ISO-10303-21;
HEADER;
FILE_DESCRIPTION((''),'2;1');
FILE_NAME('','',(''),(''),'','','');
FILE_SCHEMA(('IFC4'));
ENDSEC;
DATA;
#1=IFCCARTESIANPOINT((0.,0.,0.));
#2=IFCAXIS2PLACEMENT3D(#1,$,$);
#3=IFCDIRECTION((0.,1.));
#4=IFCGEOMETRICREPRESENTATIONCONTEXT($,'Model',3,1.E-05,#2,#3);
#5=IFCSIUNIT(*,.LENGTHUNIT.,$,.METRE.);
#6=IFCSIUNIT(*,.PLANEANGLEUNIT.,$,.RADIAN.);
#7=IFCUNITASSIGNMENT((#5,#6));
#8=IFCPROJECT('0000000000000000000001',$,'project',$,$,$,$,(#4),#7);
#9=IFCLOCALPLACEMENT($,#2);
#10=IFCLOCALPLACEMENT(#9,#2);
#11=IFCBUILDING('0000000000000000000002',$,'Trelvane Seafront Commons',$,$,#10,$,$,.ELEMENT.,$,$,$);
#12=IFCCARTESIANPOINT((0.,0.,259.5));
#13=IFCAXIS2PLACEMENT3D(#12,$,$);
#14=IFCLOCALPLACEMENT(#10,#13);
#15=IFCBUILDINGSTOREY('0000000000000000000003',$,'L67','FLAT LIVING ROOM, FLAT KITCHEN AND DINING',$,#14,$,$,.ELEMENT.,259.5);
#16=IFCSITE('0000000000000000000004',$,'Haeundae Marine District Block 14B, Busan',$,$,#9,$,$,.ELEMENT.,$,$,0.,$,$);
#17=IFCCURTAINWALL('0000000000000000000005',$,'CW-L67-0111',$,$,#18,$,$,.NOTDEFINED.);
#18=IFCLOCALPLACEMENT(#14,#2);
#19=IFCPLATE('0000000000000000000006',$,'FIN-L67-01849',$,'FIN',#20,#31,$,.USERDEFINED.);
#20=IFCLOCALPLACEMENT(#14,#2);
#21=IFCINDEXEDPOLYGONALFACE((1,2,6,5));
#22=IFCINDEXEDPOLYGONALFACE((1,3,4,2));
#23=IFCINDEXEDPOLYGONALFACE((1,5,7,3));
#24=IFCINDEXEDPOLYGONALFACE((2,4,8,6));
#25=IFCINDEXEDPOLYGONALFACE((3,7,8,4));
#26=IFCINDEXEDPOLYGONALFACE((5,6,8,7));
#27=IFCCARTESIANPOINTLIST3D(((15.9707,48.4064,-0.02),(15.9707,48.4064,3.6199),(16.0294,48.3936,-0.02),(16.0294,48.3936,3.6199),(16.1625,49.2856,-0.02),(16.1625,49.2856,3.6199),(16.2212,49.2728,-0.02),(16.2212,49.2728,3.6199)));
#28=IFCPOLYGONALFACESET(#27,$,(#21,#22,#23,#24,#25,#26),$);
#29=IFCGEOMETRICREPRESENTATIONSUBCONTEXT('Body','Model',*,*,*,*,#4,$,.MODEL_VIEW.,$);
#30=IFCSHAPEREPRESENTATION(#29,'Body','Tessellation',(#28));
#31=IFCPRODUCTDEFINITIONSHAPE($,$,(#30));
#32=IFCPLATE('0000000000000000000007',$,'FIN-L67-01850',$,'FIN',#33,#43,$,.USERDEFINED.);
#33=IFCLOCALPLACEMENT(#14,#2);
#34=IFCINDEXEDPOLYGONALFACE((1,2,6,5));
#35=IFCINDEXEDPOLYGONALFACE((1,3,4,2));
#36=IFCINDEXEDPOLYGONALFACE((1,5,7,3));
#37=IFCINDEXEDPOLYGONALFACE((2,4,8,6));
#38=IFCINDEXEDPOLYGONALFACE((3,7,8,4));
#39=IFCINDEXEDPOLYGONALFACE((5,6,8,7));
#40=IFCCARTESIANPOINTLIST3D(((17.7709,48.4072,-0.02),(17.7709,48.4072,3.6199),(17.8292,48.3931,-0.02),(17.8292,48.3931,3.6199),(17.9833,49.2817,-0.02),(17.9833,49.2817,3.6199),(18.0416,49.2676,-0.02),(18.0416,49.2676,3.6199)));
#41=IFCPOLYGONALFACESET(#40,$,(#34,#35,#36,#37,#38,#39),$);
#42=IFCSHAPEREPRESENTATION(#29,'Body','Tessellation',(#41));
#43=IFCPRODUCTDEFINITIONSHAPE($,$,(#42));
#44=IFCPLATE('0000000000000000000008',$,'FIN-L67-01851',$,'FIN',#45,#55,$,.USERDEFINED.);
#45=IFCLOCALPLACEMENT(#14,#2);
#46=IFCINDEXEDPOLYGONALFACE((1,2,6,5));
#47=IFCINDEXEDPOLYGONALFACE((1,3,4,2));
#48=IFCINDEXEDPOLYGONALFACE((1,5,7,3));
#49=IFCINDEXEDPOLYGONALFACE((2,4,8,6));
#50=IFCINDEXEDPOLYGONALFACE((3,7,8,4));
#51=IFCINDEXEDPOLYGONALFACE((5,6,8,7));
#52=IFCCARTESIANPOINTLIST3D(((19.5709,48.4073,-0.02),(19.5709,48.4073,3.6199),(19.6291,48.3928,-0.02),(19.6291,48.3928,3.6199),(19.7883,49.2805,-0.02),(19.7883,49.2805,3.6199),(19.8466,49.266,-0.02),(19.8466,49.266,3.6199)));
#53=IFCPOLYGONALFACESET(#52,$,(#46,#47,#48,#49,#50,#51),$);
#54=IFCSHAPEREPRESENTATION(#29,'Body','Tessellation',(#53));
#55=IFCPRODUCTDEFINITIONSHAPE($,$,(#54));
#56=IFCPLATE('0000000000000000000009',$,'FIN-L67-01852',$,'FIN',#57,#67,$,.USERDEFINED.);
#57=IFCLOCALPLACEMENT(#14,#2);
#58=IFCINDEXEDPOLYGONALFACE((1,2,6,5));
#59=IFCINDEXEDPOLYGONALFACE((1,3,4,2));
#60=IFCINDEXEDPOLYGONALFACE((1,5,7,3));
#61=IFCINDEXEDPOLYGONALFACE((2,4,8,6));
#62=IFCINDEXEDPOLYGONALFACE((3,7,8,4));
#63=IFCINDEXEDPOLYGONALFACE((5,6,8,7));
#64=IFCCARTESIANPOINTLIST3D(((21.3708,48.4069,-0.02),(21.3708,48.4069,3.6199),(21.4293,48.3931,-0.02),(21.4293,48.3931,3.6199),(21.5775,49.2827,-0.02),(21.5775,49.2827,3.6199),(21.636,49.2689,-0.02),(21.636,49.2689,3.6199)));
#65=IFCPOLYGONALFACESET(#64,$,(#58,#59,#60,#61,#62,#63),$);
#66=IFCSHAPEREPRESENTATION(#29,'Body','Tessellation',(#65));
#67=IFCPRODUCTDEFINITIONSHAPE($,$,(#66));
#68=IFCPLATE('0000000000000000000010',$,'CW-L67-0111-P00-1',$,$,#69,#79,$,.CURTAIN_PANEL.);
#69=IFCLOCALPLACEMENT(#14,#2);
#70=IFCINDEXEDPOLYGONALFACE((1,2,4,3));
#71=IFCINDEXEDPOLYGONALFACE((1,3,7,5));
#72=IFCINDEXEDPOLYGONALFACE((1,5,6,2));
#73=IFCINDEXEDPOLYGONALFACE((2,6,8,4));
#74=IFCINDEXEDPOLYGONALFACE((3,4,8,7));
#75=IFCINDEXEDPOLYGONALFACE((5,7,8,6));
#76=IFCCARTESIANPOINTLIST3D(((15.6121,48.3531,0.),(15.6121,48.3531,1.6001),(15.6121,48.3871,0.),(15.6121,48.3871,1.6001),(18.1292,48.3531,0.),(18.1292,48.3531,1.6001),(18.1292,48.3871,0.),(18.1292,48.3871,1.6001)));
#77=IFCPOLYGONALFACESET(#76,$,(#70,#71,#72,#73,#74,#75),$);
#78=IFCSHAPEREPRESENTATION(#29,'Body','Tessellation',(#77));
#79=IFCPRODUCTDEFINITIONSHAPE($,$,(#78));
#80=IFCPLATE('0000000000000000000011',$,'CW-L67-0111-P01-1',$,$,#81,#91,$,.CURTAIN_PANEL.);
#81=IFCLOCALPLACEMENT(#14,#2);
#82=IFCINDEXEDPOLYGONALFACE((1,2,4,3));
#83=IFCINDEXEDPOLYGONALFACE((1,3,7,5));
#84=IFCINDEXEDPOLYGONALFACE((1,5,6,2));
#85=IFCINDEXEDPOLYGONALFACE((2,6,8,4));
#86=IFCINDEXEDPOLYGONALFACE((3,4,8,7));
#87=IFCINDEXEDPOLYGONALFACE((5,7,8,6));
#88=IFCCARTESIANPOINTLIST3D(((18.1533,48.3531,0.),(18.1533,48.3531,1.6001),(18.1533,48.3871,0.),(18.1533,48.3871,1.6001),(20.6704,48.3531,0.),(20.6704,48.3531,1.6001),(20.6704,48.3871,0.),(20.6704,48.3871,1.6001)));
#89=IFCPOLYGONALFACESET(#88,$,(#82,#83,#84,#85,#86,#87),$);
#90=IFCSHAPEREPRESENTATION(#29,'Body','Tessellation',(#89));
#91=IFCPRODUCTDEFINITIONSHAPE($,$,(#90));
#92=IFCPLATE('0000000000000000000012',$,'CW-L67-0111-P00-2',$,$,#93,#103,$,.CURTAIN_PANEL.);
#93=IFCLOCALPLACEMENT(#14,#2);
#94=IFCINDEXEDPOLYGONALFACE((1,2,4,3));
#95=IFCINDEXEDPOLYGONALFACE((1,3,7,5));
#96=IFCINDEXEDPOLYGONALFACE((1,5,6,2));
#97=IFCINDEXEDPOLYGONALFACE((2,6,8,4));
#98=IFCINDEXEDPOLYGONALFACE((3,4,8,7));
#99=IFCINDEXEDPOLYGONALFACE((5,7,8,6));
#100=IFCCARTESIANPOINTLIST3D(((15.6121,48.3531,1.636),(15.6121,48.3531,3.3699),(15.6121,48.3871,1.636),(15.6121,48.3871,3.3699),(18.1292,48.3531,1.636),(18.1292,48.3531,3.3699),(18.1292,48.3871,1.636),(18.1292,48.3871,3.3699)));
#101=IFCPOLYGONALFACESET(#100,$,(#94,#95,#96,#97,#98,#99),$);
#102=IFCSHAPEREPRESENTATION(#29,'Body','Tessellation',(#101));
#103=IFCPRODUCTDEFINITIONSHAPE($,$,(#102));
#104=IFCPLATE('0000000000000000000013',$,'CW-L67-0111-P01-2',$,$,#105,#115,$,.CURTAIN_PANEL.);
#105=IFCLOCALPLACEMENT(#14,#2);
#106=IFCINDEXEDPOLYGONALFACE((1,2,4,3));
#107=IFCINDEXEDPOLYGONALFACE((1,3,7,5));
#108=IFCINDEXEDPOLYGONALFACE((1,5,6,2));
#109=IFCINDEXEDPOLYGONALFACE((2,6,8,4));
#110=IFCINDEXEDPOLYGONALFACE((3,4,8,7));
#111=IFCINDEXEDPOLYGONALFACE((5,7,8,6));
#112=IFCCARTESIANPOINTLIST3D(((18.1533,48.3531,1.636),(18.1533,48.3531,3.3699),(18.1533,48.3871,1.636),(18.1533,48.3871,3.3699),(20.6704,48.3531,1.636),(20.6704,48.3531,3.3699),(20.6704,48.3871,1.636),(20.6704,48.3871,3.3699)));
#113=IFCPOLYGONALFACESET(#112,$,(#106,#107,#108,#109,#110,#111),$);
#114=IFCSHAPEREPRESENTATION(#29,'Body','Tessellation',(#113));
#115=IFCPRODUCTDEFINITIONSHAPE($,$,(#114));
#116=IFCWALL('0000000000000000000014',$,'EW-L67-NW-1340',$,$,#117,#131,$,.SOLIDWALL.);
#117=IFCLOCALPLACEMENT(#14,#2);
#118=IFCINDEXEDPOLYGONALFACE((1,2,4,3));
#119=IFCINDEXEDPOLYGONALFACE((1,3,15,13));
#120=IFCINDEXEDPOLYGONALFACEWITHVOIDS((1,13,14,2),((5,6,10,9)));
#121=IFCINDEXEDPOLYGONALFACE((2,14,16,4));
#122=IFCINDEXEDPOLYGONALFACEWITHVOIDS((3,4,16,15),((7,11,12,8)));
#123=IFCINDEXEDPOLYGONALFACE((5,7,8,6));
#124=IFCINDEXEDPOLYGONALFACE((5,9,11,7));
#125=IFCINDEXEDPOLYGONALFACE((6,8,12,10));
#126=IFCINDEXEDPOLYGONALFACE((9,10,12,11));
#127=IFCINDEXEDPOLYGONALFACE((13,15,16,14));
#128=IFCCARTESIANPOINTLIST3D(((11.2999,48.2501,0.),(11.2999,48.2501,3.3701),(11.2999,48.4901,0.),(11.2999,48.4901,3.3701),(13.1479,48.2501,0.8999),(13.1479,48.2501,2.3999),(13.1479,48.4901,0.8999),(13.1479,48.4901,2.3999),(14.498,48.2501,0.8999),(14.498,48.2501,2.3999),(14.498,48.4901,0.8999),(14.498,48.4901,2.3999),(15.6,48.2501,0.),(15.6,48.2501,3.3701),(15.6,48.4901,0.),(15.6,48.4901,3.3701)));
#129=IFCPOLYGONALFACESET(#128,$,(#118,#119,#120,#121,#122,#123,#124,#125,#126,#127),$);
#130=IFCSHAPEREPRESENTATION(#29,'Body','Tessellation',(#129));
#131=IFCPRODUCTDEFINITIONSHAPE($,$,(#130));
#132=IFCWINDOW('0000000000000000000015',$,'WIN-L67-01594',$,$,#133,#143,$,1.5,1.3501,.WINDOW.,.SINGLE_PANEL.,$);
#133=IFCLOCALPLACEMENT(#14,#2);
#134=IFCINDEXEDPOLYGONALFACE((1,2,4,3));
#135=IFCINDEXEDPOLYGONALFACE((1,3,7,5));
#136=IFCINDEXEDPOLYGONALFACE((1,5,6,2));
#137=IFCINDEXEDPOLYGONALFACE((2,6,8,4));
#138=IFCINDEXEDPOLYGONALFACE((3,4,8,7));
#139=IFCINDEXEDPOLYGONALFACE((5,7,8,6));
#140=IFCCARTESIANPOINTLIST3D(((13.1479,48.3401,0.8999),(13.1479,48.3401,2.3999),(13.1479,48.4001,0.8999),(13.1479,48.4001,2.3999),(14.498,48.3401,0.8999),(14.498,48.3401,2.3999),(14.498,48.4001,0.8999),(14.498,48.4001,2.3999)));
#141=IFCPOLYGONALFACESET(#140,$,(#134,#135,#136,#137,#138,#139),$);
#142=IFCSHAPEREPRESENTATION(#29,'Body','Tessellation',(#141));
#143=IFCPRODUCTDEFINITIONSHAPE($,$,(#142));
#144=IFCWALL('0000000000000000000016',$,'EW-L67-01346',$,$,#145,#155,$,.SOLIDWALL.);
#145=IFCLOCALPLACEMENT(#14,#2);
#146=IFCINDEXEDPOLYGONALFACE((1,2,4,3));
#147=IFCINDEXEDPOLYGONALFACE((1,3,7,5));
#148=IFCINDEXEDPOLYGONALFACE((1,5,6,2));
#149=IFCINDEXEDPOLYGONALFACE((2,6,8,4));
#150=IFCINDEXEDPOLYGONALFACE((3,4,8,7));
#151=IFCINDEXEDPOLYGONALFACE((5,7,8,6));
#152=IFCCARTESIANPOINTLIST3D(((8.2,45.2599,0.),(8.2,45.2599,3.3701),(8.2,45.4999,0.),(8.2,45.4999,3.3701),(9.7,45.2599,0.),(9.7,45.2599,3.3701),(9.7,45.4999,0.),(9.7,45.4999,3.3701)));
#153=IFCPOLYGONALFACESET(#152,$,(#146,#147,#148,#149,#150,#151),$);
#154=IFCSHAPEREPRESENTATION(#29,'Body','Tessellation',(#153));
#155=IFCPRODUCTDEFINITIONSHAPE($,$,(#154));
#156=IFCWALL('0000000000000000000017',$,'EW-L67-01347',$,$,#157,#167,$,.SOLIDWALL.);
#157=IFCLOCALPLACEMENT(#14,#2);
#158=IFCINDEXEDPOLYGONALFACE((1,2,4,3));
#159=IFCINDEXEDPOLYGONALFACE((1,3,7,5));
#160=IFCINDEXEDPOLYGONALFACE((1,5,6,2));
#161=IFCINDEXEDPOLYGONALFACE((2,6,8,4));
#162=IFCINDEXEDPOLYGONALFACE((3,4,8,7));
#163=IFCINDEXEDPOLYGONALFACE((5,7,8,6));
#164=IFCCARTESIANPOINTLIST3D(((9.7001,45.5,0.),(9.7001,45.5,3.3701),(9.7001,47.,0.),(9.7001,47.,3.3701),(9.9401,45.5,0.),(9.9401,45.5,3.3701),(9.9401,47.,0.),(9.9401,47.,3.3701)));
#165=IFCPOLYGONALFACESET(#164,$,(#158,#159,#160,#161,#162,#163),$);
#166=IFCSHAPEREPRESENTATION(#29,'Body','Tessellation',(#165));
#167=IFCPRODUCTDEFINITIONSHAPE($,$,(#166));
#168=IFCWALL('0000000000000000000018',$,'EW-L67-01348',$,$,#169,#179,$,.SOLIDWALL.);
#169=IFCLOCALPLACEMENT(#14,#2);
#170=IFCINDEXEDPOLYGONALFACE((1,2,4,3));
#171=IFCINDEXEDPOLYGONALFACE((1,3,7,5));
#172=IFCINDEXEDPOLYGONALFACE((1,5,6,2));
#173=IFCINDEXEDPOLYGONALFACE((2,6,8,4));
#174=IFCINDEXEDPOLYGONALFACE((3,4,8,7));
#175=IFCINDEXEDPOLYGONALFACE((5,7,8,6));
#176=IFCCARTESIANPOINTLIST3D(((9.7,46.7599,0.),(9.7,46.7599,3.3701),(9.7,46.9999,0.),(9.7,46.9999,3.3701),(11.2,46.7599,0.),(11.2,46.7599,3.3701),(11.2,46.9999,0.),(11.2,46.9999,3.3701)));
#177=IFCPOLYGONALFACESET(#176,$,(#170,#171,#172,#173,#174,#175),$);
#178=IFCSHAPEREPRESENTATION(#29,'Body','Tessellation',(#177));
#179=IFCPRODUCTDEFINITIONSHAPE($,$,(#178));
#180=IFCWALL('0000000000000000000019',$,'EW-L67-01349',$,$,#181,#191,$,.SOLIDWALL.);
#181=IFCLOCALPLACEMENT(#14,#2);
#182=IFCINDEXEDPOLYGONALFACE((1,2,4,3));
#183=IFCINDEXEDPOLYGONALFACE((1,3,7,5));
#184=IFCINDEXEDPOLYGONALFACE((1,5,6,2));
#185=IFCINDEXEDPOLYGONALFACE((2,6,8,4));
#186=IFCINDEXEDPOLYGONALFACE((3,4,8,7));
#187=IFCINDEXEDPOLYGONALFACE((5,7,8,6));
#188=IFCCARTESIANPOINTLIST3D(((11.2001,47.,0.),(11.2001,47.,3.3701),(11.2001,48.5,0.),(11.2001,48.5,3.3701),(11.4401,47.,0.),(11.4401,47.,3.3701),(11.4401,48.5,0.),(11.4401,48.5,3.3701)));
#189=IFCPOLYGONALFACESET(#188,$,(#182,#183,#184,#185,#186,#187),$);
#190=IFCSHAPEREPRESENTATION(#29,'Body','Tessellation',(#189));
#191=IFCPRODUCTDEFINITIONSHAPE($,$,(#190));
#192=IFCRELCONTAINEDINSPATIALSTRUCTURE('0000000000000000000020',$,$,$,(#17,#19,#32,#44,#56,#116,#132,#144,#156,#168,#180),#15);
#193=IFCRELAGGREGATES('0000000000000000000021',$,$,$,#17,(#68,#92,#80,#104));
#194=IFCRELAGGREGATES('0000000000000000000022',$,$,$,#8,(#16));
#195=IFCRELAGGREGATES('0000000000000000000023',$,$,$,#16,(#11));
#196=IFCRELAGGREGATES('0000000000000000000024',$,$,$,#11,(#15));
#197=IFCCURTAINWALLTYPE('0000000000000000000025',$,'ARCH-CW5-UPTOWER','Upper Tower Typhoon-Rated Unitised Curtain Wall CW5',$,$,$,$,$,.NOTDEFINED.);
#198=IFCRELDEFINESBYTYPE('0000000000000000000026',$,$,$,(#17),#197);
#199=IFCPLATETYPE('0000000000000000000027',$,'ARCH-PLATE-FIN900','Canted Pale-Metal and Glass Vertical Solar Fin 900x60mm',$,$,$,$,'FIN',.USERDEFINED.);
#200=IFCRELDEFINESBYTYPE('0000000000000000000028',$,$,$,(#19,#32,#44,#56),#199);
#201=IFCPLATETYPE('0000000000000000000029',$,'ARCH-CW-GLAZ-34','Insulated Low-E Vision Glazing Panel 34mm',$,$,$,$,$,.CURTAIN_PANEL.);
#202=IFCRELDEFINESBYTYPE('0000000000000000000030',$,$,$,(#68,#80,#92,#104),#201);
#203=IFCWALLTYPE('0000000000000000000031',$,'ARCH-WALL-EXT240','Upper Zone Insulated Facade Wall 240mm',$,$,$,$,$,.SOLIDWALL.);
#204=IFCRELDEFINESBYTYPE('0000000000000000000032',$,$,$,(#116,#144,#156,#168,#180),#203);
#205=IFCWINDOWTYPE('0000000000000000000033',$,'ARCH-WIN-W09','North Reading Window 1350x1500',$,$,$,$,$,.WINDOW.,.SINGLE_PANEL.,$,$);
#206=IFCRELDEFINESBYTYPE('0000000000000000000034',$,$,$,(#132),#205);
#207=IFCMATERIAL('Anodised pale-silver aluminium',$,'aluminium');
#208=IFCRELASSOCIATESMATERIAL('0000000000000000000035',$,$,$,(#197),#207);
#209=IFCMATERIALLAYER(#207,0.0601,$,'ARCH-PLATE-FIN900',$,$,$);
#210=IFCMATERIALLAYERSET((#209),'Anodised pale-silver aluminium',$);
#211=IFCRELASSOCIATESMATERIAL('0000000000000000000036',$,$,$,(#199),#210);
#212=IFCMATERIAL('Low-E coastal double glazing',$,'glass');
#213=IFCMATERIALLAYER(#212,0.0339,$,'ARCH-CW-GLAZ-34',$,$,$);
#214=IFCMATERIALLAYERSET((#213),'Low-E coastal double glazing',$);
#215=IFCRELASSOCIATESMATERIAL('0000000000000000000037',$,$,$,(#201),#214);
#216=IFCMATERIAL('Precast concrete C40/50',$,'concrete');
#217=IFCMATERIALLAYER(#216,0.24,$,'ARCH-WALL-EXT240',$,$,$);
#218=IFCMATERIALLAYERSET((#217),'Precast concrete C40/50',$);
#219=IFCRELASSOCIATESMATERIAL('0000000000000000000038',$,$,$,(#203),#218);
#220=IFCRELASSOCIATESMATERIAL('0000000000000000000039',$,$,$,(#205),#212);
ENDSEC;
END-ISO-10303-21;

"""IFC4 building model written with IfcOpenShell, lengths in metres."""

from ifc_helpers import new_model, si_unit, direction, frame, frame_2d, origin, origin_2d, place, context, subcontext, project, spatial, rectangle, extrude, source, transform, mapped, material, layer, layer_set, type_object, element, fill, aggregate, save


model = new_model("IFC4")

# Units and contexts
model_context = context("Model", 3, precision=1e-05, world=origin(), true_north=direction((0.0, 1.0)))
body_context = subcontext(model_context, "Body", "Model", "MODEL_VIEW")
ifc_project = project(units=[si_unit("LENGTHUNIT", "METRE"), si_unit("PLANEANGLEUNIT", "RADIAN")], contexts=[model_context])

# Site, building, storey
site_placement = place(None, origin())
site = spatial("IfcSite", under=ifc_project, at=site_placement, Name="Haeundae Marine District Block 14B, Busan", CompositionType="ELEMENT", RefElevation=0.0)
building_placement = place(site_placement, origin())
building = spatial("IfcBuilding", under=site, at=building_placement, Name="Trelvane Seafront Commons", CompositionType="ELEMENT")
storey_placement = place(building_placement, frame((0.0, 0.0, 259.5)))
storey = spatial("IfcBuildingStorey", under=building, at=storey_placement, Name="L67", Description="FLAT LIVING ROOM, FLAT KITCHEN AND DINING", CompositionType="ELEMENT", Elevation=259.5)

# Curtain wall
ifc_material_1 = material(Name="Anodised pale-silver aluminium", Category="aluminium")
curtain_wall_type = type_object("IfcCurtainWallType", Name="ARCH-CW5-UPTOWER", Description="Upper Tower Typhoon-Rated Unitised Curtain Wall CW5", PredefinedType="NOTDEFINED", material=ifc_material_1)
curtain_wall_placement = place(storey_placement, origin())
curtain_wall = element("IfcCurtainWall", 1, at=curtain_wall_placement, inside=storey, type_object=curtain_wall_type, Name="CW-L67-0111", PredefinedType="NOTDEFINED")

# Plates
ifc_layer_1 = layer(ifc_material_1, 0.0601, Name="ARCH-PLATE-FIN900")
ifc_layer_set_1 = layer_set([ifc_layer_1], Name="Anodised pale-silver aluminium")
plate_type_1 = type_object("IfcPlateType", Name="ARCH-PLATE-FIN900", Description="Canted Pale-Metal and Glass Vertical Solar Fin 900x60mm", ElementType="FIN", PredefinedType="USERDEFINED", material=ifc_layer_set_1)
shared_shape_1 = source(origin(), body_context, "Body", "SweptSolid", [
    extrude(rectangle(XDim=0.8999, YDim=0.0601, at=origin_2d()), origin(), (0.0, 0.0, 1.0), 3.6399),
])
for number, where, z_axis, x_axis, name in (
    (2, (16.0959, 48.8396, -0.02), (0.0, 0.0, 1.0), (0.213117, 0.977027, 0.0), "FIN-L67-01849"),
    (3, (17.9062, 48.8374, -0.02), (0.0, 0.0, 1.0), (0.235994, 0.971755, 0.0), "FIN-L67-01850"),
    (4, (19.7087, 48.8367, -0.02), (0.0, 0.0, 1.0), (0.241673, 0.970358, 0.0), "FIN-L67-01851"),
    (5, (21.5034, 48.8379, -0.02), (0.0, 0.0, 1.0), (0.229678, 0.973267, 0.0), "FIN-L67-01852"),
):
    element("IfcPlate", number, at=place(storey_placement, frame(where, z_axis=z_axis, x_axis=x_axis)), inside=storey, type_object=plate_type_1, Name=name, ObjectType="FIN", PredefinedType="USERDEFINED", context=body_context, shape_type="MappedRepresentation", body=[
        mapped(shared_shape_1, transform((0.0, 0.0, 0.0), x_axis=(1.0, 0.0, 0.0), y_axis=(0.0, 1.0, 0.0), z_axis=(0.0, 0.0, 1.0), scale=1.0)),
    ])

# Plates
ifc_material_2 = material(Name="Low-E coastal double glazing", Category="glass")
ifc_layer_2 = layer(ifc_material_2, 0.0339, Name="ARCH-CW-GLAZ-34")
ifc_layer_set_2 = layer_set([ifc_layer_2], Name="Low-E coastal double glazing")
plate_type_2 = type_object("IfcPlateType", Name="ARCH-CW-GLAZ-34", Description="Insulated Low-E Vision Glazing Panel 34mm", PredefinedType="CURTAIN_PANEL", material=ifc_layer_set_2)
shared_shape_2 = source(origin(), body_context, "Body", "SweptSolid", [
    extrude(rectangle(XDim=2.5171, YDim=0.0339, at=origin_2d()), origin(), (0.0, 0.0, 1.0), 1.6001),
])
plate_1_placement = place(storey_placement, frame((16.8706, 48.3701, 0.0), z_axis=(0.0, 0.0, 1.0), x_axis=(1.0, 0.0, 0.0)))
plate_1 = element("IfcPlate", 6, at=plate_1_placement, type_object=plate_type_2, Name="CW-L67-0111-P00-1", PredefinedType="CURTAIN_PANEL", context=body_context, shape_type="MappedRepresentation", body=[
    mapped(shared_shape_2, transform((0.0, 0.0, 0.0), x_axis=(1.0, 0.0, 0.0), y_axis=(0.0, 1.0, 0.0), z_axis=(0.0, 0.0, 1.0), scale=1.0)),
])
plate_2_placement = place(storey_placement, frame((19.4119, 48.3701, 0.0), z_axis=(0.0, 0.0, 1.0), x_axis=(1.0, 0.0, 0.0)))
plate_2 = element("IfcPlate", 7, at=plate_2_placement, type_object=plate_type_2, Name="CW-L67-0111-P01-1", PredefinedType="CURTAIN_PANEL", context=body_context, shape_type="MappedRepresentation", body=[
    mapped(shared_shape_2, transform((0.0, 0.0, 0.0), x_axis=(1.0, 0.0, 0.0), y_axis=(0.0, 1.0, 0.0), z_axis=(0.0, 0.0, 1.0), scale=1.0)),
])
shared_shape_3 = source(origin(), body_context, "Body", "SweptSolid", [
    extrude(rectangle(XDim=2.5171, YDim=0.0339, at=origin_2d()), origin(), (0.0, 0.0, 1.0), 1.7339),
])
plate_3_placement = place(storey_placement, frame((16.8706, 48.3701, 1.636), z_axis=(0.0, 0.0, 1.0), x_axis=(1.0, 0.0, 0.0)))
plate_3 = element("IfcPlate", 8, at=plate_3_placement, type_object=plate_type_2, Name="CW-L67-0111-P00-2", PredefinedType="CURTAIN_PANEL", context=body_context, shape_type="MappedRepresentation", body=[
    mapped(shared_shape_3, transform((0.0, 0.0, 0.0), x_axis=(1.0, 0.0, 0.0), y_axis=(0.0, 1.0, 0.0), z_axis=(0.0, 0.0, 1.0), scale=1.0)),
])
plate_4_placement = place(storey_placement, frame((19.4119, 48.3701, 1.636), z_axis=(0.0, 0.0, 1.0), x_axis=(1.0, 0.0, 0.0)))
plate_4 = element("IfcPlate", 9, at=plate_4_placement, type_object=plate_type_2, Name="CW-L67-0111-P01-2", PredefinedType="CURTAIN_PANEL", context=body_context, shape_type="MappedRepresentation", body=[
    mapped(shared_shape_3, transform((0.0, 0.0, 0.0), x_axis=(1.0, 0.0, 0.0), y_axis=(0.0, 1.0, 0.0), z_axis=(0.0, 0.0, 1.0), scale=1.0)),
])
aggregate(curtain_wall, [plate_1, plate_3, plate_2, plate_4])

# Wall, opening, window
ifc_material_3 = material(Name="Precast concrete C40/50", Category="concrete")
ifc_layer_3 = layer(ifc_material_3, 0.24, Name="ARCH-WALL-EXT240")
ifc_layer_set_3 = layer_set([ifc_layer_3], Name="Precast concrete C40/50")
wall_type = type_object("IfcWallType", Name="ARCH-WALL-EXT240", Description="Upper Zone Insulated Facade Wall 240mm", PredefinedType="SOLIDWALL", material=ifc_layer_set_3)
wall_placement = place(storey_placement, frame((11.3, 48.3701, 0.0), z_axis=(0.0, 0.0, 1.0), x_axis=(1.0, 0.0, 0.0)))
wall = element("IfcWall", 10, at=wall_placement, inside=storey, type_object=wall_type, Name="EW-L67-NW-1340", PredefinedType="SOLIDWALL", context=body_context, shape_type="SweptSolid", body=[
    extrude(rectangle(XDim=4.3, YDim=0.24, at=frame_2d((2.1499, 0.0))), origin(), (0.0, 0.0, 1.0), 3.3701),
])
opening_placement = place(wall_placement, frame((1.8479, 0.0, 0.8999)))
opening = element("IfcOpeningElement", 11, at=opening_placement, cuts=wall, PredefinedType="OPENING", context=body_context, shape_type="SweptSolid", body=[
    extrude(rectangle(XDim=1.3501, YDim=1.5, at=frame_2d((0.675, 0.75))), frame((0.0, 0.1299, 0.0), z_axis=(0.0, -1.0, 0.0), x_axis=(1.0, 0.0, 0.0)), (0.0, 0.0, 1.0), 0.26),
])
window_type = type_object("IfcWindowType", Name="ARCH-WIN-W09", Description="North Reading Window 1350x1500", PartitioningType="SINGLE_PANEL", PredefinedType="WINDOW", material=ifc_material_2)
shared_shape_4 = source(origin(), body_context, "Body", "SweptSolid", [
    extrude(rectangle(XDim=1.3501, YDim=1.5, at=frame_2d((0.675, 0.75))), frame((0.0, 0.03, 0.0), z_axis=(0.0, -1.0, 0.0), x_axis=(1.0, 0.0, 0.0)), (0.0, 0.0, 1.0), 0.0601),
])
window_placement = place(opening_placement, origin())
window = element("IfcWindow", 12, at=window_placement, inside=storey, type_object=window_type, Name="WIN-L67-01594", OverallHeight=1.5, OverallWidth=1.3501, PartitioningType="SINGLE_PANEL", PredefinedType="WINDOW", context=body_context, shape_type="MappedRepresentation", body=[
    mapped(shared_shape_4, transform((0.0, 0.0, 0.0), x_axis=(1.0, 0.0, 0.0), y_axis=(0.0, 1.0, 0.0), z_axis=(0.0, 0.0, 1.0), scale=1.0)),
])
fill(opening, window)

# Walls
for number, where, z_axis, x_axis, name in (
    (13, (8.2, 45.3799, 0.0), (0.0, 0.0, 1.0), (1.0, 0.0, 0.0), "EW-L67-01346"),
    (14, (9.8201, 45.5, 0.0), (0.0, 0.0, 1.0), (0.0, 1.0, 0.0), "EW-L67-01347"),
    (15, (9.7, 46.8799, 0.0), (0.0, 0.0, 1.0), (1.0, 0.0, 0.0), "EW-L67-01348"),
    (16, (11.3201, 47.0, 0.0), (0.0, 0.0, 1.0), (0.0, 1.0, 0.0), "EW-L67-01349"),
):
    element("IfcWall", number, at=place(storey_placement, frame(where, z_axis=z_axis, x_axis=x_axis)), inside=storey, type_object=wall_type, Name=name, PredefinedType="SOLIDWALL", context=body_context, shape_type="SweptSolid", body=[
        extrude(rectangle(XDim=1.5, YDim=0.24, at=frame_2d((0.75, 0.0))), origin(), (0.0, 0.0, 1.0), 3.3701),
    ])

save(model, "model.ifc")
